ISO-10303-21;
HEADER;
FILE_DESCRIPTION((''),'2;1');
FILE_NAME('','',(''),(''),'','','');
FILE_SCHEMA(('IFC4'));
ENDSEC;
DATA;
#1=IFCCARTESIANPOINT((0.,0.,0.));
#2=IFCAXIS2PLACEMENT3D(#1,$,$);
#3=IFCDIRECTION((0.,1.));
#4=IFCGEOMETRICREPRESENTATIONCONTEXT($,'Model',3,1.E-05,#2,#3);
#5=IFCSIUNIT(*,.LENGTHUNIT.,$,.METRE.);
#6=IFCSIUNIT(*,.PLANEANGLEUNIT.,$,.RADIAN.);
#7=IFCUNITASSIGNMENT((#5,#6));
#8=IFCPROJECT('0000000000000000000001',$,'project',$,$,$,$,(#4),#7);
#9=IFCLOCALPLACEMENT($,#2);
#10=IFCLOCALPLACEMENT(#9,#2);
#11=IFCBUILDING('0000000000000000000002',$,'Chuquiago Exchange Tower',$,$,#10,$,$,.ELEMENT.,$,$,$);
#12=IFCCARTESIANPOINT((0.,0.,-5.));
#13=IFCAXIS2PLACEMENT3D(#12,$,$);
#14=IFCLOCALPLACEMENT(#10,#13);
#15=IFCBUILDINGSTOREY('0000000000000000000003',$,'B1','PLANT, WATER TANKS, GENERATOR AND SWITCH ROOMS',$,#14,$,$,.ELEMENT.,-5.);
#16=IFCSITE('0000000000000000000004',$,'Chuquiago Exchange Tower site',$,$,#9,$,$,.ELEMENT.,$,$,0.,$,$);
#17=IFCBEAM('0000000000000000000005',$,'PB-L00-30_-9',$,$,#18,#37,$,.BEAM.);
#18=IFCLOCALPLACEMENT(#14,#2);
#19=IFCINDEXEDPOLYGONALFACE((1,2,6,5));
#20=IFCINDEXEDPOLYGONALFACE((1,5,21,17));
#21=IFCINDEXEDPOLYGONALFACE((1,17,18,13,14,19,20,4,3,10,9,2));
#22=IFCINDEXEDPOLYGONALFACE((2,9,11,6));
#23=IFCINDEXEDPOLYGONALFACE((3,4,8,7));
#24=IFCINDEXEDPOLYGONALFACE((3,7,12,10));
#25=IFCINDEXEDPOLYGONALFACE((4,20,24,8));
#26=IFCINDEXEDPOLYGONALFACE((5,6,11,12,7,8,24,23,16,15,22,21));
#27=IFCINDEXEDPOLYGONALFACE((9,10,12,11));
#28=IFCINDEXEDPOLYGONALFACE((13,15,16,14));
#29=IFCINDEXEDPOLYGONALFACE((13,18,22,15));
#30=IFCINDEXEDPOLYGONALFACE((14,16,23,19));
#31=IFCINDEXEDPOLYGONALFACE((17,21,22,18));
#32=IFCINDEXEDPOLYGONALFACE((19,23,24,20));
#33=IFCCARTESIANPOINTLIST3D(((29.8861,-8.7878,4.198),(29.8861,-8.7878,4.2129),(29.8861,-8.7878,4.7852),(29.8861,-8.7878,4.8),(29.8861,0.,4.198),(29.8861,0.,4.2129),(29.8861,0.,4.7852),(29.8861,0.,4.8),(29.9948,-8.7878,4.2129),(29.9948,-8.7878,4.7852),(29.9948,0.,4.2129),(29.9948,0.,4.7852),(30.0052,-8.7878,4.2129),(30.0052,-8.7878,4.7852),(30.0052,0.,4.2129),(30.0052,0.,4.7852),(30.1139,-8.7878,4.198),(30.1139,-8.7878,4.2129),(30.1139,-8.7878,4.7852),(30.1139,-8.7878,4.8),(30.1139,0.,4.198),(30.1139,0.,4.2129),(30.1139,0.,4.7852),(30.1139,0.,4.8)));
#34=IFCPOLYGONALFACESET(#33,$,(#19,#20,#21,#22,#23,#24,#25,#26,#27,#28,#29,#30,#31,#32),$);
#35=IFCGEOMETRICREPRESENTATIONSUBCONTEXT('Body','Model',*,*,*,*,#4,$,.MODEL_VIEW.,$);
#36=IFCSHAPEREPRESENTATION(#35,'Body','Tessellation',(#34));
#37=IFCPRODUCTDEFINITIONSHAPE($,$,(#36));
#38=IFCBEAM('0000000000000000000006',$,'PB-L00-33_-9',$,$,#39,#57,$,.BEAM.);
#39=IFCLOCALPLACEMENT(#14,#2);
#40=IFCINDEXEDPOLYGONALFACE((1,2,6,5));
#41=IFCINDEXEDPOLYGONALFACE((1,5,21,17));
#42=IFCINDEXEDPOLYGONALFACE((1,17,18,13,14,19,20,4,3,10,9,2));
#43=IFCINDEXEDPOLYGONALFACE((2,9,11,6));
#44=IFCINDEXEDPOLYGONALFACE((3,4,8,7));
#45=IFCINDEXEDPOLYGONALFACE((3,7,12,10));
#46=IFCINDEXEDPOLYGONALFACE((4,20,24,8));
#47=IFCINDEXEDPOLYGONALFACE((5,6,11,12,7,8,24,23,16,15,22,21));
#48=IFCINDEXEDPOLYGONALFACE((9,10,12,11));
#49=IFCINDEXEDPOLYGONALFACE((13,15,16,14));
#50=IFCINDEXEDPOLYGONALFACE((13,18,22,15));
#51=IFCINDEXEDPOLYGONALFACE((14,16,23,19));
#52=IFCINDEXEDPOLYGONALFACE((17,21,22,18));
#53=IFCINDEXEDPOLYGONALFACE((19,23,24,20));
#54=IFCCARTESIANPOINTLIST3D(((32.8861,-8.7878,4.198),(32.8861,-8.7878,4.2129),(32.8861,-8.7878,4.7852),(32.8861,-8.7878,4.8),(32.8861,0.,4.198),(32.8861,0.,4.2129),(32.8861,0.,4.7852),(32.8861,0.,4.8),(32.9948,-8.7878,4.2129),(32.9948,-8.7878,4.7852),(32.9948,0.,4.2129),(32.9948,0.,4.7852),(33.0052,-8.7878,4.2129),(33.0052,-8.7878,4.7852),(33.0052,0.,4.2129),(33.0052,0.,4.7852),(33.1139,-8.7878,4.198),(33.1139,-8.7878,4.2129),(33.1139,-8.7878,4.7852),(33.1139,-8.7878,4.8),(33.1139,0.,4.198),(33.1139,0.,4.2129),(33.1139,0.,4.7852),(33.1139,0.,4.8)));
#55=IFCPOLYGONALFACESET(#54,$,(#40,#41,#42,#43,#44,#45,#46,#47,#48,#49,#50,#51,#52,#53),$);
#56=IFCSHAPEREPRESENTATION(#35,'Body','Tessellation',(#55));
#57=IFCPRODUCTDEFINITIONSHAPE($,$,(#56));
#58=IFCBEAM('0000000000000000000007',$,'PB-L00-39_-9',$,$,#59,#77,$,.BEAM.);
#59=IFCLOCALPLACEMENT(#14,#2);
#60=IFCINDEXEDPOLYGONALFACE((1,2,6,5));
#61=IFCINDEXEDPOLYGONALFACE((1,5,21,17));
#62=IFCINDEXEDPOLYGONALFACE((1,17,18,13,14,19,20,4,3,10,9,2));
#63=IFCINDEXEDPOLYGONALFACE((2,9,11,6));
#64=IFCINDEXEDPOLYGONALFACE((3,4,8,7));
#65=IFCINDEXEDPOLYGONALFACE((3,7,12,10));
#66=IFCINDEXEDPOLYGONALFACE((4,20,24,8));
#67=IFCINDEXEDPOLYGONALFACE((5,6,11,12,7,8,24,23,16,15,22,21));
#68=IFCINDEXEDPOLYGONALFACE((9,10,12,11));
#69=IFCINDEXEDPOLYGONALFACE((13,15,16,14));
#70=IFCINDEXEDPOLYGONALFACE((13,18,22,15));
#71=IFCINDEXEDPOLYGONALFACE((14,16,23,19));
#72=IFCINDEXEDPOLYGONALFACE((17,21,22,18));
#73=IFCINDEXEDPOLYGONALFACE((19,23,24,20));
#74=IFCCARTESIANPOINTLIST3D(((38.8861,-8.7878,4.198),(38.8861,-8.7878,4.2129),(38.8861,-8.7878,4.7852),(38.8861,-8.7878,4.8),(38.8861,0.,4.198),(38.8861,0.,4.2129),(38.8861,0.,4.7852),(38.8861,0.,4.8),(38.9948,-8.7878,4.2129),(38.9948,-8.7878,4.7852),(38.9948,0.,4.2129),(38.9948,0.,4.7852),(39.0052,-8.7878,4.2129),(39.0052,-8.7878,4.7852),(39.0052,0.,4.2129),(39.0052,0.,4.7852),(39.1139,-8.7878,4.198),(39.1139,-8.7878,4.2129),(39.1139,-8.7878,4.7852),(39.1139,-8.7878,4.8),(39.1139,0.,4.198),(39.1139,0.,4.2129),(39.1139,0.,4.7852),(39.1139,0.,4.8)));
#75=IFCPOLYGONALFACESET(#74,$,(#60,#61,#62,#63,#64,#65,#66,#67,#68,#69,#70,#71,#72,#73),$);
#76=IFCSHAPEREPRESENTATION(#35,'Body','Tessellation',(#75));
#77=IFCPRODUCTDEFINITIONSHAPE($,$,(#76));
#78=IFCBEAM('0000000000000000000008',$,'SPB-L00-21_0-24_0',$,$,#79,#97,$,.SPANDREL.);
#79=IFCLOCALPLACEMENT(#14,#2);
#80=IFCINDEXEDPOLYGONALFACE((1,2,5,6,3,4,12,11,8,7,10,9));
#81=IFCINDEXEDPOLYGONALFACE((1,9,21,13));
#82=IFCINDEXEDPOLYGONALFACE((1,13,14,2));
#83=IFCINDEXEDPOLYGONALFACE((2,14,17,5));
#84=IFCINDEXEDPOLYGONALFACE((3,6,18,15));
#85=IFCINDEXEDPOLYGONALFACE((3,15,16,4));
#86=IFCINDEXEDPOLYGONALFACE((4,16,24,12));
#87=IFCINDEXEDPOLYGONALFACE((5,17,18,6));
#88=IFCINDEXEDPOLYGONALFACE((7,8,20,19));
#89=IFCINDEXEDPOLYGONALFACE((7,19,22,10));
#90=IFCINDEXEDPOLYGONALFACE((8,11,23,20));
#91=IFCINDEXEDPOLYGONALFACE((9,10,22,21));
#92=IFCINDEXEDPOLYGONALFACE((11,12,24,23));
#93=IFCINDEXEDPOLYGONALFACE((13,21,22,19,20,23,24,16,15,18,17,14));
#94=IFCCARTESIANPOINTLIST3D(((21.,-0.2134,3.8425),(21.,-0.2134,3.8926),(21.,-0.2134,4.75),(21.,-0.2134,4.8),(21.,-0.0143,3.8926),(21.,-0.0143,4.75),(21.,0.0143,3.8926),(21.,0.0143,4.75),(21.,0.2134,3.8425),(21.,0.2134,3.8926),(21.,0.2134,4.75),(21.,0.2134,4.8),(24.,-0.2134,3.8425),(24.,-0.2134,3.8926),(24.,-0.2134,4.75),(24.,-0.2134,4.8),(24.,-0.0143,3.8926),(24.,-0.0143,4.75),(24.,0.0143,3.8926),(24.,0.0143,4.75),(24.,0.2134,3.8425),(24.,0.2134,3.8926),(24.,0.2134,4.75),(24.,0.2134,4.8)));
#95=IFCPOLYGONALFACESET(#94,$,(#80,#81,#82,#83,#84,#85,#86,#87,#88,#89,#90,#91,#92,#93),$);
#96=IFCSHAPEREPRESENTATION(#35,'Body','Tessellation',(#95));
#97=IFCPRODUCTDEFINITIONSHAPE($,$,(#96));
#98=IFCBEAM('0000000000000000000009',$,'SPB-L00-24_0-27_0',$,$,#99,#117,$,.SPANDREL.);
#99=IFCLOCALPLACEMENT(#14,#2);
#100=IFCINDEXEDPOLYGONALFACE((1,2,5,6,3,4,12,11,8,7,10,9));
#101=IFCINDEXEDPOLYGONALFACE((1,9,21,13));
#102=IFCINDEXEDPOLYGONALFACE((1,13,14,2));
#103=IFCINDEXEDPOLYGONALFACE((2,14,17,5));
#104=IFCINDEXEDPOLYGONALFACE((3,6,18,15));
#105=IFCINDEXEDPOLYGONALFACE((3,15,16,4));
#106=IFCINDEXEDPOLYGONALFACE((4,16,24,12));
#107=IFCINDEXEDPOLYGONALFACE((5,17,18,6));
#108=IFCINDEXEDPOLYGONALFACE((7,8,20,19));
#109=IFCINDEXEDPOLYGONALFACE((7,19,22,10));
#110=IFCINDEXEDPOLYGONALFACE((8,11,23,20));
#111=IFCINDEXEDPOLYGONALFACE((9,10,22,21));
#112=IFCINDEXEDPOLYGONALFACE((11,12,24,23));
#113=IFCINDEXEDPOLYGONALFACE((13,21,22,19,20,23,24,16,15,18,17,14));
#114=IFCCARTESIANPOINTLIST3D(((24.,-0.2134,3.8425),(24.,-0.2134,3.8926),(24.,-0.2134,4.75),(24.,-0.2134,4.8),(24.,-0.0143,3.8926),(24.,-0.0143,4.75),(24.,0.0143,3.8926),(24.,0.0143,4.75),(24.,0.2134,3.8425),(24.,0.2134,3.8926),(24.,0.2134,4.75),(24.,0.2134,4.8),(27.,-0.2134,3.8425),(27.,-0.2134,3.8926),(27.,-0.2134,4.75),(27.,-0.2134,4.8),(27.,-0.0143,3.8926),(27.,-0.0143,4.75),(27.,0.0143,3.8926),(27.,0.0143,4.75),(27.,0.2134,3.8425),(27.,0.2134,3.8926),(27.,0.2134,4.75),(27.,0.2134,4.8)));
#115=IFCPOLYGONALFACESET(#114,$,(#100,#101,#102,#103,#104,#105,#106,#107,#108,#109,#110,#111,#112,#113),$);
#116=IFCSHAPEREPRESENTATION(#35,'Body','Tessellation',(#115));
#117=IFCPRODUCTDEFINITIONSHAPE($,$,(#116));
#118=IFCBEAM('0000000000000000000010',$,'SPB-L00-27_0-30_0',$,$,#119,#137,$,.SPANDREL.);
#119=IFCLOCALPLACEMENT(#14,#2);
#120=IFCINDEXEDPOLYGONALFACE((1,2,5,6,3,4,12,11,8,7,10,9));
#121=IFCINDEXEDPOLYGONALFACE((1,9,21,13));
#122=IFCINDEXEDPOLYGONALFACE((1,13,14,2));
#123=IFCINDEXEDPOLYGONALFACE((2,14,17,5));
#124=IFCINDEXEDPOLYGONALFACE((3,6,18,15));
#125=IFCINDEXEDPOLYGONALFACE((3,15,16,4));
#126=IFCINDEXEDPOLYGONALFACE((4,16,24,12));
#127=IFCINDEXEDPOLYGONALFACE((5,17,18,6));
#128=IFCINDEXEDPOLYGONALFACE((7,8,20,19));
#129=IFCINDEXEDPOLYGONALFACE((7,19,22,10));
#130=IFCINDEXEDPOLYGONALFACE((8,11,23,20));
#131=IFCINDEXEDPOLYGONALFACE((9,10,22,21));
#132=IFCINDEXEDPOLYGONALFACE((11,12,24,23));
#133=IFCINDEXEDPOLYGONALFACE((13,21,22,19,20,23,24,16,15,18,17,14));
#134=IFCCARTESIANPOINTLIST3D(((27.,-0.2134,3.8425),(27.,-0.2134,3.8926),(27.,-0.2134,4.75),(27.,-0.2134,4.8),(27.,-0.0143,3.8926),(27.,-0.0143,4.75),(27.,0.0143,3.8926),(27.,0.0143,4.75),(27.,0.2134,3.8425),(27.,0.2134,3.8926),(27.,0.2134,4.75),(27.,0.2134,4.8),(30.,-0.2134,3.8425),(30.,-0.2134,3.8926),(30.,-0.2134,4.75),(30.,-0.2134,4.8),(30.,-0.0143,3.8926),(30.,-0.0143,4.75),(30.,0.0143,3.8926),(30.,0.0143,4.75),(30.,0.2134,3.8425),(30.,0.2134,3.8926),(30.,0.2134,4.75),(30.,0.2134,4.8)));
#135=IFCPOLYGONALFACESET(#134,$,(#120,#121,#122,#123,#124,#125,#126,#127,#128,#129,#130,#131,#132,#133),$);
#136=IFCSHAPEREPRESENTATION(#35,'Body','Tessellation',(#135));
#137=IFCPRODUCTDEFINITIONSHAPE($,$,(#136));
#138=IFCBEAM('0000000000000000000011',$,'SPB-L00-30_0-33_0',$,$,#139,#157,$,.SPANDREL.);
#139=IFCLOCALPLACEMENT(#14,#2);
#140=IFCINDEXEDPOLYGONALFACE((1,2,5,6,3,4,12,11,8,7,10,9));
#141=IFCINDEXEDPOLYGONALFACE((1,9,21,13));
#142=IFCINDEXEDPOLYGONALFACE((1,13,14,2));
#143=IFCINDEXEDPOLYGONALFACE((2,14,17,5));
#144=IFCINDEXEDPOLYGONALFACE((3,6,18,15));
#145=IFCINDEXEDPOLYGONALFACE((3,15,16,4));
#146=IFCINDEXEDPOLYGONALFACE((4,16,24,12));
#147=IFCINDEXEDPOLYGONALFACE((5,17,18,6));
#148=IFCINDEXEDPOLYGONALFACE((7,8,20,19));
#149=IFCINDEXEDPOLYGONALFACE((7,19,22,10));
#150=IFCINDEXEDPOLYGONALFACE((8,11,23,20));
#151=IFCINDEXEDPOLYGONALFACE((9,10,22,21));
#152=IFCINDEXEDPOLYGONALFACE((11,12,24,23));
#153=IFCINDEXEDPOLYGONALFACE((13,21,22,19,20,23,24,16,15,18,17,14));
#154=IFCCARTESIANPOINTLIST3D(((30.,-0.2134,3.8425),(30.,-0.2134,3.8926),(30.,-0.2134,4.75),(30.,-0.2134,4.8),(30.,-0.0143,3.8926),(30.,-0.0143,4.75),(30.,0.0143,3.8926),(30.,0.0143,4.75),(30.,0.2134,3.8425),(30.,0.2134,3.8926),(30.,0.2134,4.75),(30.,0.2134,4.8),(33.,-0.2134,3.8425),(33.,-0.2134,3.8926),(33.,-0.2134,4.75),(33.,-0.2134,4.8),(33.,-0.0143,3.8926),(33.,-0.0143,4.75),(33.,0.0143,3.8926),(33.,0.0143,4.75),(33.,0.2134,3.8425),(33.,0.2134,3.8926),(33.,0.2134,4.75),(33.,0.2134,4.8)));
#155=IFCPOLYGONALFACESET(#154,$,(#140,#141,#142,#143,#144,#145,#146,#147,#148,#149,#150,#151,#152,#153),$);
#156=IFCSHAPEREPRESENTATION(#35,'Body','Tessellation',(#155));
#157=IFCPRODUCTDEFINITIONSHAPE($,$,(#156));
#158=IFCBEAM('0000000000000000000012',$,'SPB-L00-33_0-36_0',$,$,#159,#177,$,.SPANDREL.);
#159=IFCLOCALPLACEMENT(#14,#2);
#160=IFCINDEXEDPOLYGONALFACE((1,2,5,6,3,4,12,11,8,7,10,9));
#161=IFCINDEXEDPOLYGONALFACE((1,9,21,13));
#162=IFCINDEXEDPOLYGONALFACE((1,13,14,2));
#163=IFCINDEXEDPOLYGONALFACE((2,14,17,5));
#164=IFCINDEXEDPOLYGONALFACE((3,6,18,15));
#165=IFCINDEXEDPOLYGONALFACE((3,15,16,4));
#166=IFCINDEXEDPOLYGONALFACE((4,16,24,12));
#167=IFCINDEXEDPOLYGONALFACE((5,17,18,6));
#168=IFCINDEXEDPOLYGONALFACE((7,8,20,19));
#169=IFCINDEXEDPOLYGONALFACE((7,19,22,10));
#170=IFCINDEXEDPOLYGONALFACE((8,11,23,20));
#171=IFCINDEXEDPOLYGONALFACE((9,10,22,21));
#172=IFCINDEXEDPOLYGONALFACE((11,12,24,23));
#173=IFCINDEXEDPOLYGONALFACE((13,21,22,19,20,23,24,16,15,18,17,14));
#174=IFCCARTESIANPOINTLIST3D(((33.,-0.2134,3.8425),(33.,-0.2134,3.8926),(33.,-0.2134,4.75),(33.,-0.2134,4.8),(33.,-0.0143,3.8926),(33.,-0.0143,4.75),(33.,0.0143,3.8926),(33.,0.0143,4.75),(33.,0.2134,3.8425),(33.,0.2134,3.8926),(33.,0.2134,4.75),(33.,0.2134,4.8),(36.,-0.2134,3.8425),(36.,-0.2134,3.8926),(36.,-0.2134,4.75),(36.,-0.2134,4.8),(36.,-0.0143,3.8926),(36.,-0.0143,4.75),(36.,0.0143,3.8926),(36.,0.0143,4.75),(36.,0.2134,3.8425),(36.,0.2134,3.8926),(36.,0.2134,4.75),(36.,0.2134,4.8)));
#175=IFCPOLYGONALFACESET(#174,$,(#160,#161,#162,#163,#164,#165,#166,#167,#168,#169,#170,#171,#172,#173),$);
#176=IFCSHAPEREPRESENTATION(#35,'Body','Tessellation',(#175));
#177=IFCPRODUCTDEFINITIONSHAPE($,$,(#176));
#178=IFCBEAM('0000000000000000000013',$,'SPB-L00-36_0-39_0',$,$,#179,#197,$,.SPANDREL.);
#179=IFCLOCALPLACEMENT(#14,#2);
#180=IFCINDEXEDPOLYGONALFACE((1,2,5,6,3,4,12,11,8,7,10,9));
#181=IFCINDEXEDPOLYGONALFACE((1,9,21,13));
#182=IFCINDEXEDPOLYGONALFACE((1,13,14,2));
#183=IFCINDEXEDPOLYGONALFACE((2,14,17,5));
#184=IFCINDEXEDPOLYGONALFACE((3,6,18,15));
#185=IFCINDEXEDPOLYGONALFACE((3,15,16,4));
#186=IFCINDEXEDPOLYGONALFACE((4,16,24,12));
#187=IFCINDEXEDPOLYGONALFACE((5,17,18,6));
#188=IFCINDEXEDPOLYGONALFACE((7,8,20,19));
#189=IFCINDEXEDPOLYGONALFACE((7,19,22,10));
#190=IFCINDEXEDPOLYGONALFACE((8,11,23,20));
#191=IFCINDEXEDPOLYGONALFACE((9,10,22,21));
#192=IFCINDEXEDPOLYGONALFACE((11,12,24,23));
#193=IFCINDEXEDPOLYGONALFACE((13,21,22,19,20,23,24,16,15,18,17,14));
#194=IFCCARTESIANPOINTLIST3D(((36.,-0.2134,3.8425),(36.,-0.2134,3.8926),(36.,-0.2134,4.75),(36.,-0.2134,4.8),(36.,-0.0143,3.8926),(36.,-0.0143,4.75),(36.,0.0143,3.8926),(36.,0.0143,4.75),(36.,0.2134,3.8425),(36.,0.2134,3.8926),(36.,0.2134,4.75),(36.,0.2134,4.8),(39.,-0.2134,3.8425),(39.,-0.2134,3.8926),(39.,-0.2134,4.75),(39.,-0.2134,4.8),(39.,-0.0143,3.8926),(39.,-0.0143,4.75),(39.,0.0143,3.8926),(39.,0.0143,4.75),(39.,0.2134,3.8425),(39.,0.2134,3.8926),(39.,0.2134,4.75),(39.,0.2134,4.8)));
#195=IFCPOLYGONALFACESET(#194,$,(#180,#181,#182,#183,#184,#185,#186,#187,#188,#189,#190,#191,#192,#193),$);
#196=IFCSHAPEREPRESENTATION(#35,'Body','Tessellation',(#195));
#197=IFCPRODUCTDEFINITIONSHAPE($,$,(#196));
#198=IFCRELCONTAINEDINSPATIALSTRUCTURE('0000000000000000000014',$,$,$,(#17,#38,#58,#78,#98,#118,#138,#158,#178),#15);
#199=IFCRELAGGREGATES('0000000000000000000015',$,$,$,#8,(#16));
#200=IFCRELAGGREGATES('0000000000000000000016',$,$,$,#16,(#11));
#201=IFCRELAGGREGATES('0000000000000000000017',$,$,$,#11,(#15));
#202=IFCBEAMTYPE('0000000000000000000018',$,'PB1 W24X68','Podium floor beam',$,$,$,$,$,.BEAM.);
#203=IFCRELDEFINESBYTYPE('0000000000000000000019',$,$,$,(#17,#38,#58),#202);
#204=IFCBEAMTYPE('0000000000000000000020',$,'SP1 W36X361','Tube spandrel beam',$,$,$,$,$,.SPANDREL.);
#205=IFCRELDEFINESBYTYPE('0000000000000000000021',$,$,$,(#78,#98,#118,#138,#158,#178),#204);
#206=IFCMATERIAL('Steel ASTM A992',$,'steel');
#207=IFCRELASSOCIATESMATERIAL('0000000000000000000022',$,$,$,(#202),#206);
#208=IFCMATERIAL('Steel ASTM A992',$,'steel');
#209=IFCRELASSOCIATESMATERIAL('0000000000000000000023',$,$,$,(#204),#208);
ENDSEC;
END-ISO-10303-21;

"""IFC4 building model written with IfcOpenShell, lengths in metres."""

from ifc_helpers import new_model, si_unit, direction, frame, origin, origin_2d, place, context, subcontext, project, spatial, i_section, extrude, material, material_profile, profile_set, type_object, element, save


model = new_model("IFC4")

# Units and contexts
model_context = context("Model", 3, precision=1e-05, world=origin(), true_north=direction((0.0, 1.0)))
body_context = subcontext(model_context, "Body", "Model", "MODEL_VIEW")
ifc_project = project(units=[si_unit("LENGTHUNIT", "METRE"), si_unit("PLANEANGLEUNIT", "RADIAN")], contexts=[model_context])

# Site, building, storey
site_placement = place(None, origin())
site = spatial("IfcSite", under=ifc_project, at=site_placement, Name="Chuquiago Exchange Tower site", CompositionType="ELEMENT", RefElevation=0.0)
building_placement = place(site_placement, origin())
building = spatial("IfcBuilding", under=site, at=building_placement, Name="Chuquiago Exchange Tower", CompositionType="ELEMENT")
storey_placement = place(building_placement, frame((0.0, 0.0, -5.0)))
storey = spatial("IfcBuildingStorey", under=building, at=storey_placement, Name="B1", Description="PLANT, WATER TANKS, GENERATOR AND SWITCH ROOMS", CompositionType="ELEMENT", Elevation=-5.0)

# Beams
ifc_material_1 = material(Name="Steel ASTM A992", Category="steel")
ifc_material_profile_1 = material_profile(ifc_material_1, i_section(OverallWidth=0.2278, OverallDepth=0.6021, WebThickness=0.0105, FlangeThickness=0.0149, at=origin_2d()), Name="W24X68")
ifc_profile_set_1 = profile_set([ifc_material_profile_1], Name="Steel ASTM A992")
beam_type_1 = type_object("IfcBeamType", Name="PB1 W24X68", Description="Podium floor beam", PredefinedType="BEAM", material=ifc_profile_set_1)
for number, where, z_axis, x_axis, name in (
    (1, (30.0, -8.7878, 4.499), (0.0, 1.0, 0.0), (-1.0, 0.0, 0.0), "PB-L00-30_-9"),
    (2, (33.0, -8.7878, 4.499), (0.0, 1.0, 0.0), (-1.0, 0.0, 0.0), "PB-L00-33_-9"),
    (3, (39.0, -8.7878, 4.499), (0.0, 1.0, 0.0), (-1.0, 0.0, 0.0), "PB-L00-39_-9"),
):
    element("IfcBeam", number, at=place(storey_placement, frame(where, z_axis=z_axis, x_axis=x_axis)), inside=storey, type_object=beam_type_1, Name=name, PredefinedType="BEAM", context=body_context, shape_type="SweptSolid", body=[
        extrude(i_section(OverallWidth=0.2278, OverallDepth=0.6021, WebThickness=0.0105, FlangeThickness=0.0149, at=origin_2d()), origin(), (0.0, 0.0, 1.0), 8.7878),
    ])
ifc_material_2 = material(Name="Steel ASTM A992", Category="steel")
ifc_material_profile_2 = material_profile(ifc_material_2, i_section(OverallWidth=0.4268, OverallDepth=0.9575, WebThickness=0.0286, FlangeThickness=0.05, at=origin_2d()), Name="W36X361")
ifc_profile_set_2 = profile_set([ifc_material_profile_2], Name="Steel ASTM A992")
beam_type_2 = type_object("IfcBeamType", Name="SP1 W36X361", Description="Tube spandrel beam", PredefinedType="SPANDREL", material=ifc_profile_set_2)
for number, where, z_axis, x_axis, name in (
    (4, (21.0, 0.0, 4.3213), (1.0, 0.0, 0.0), (0.0, 1.0, 0.0), "SPB-L00-21_0-24_0"),
    (5, (24.0, 0.0, 4.3213), (1.0, 0.0, 0.0), (0.0, 1.0, 0.0), "SPB-L00-24_0-27_0"),
    (6, (27.0, 0.0, 4.3213), (1.0, 0.0, 0.0), (0.0, 1.0, 0.0), "SPB-L00-27_0-30_0"),
    (7, (30.0, 0.0, 4.3213), (1.0, 0.0, 0.0), (0.0, 1.0, 0.0), "SPB-L00-30_0-33_0"),
    (8, (33.0, 0.0, 4.3213), (1.0, 0.0, 0.0), (0.0, 1.0, 0.0), "SPB-L00-33_0-36_0"),
    (9, (36.0, 0.0, 4.3213), (1.0, 0.0, 0.0), (0.0, 1.0, 0.0), "SPB-L00-36_0-39_0"),
):
    element("IfcBeam", number, at=place(storey_placement, frame(where, z_axis=z_axis, x_axis=x_axis)), inside=storey, type_object=beam_type_2, Name=name, PredefinedType="SPANDREL", context=body_context, shape_type="SweptSolid", body=[
        extrude(i_section(OverallWidth=0.4268, OverallDepth=0.9575, WebThickness=0.0286, FlangeThickness=0.05, at=origin_2d()), origin(), (0.0, 0.0, 1.0), 3.0),
    ])

save(model, "model.ifc")
